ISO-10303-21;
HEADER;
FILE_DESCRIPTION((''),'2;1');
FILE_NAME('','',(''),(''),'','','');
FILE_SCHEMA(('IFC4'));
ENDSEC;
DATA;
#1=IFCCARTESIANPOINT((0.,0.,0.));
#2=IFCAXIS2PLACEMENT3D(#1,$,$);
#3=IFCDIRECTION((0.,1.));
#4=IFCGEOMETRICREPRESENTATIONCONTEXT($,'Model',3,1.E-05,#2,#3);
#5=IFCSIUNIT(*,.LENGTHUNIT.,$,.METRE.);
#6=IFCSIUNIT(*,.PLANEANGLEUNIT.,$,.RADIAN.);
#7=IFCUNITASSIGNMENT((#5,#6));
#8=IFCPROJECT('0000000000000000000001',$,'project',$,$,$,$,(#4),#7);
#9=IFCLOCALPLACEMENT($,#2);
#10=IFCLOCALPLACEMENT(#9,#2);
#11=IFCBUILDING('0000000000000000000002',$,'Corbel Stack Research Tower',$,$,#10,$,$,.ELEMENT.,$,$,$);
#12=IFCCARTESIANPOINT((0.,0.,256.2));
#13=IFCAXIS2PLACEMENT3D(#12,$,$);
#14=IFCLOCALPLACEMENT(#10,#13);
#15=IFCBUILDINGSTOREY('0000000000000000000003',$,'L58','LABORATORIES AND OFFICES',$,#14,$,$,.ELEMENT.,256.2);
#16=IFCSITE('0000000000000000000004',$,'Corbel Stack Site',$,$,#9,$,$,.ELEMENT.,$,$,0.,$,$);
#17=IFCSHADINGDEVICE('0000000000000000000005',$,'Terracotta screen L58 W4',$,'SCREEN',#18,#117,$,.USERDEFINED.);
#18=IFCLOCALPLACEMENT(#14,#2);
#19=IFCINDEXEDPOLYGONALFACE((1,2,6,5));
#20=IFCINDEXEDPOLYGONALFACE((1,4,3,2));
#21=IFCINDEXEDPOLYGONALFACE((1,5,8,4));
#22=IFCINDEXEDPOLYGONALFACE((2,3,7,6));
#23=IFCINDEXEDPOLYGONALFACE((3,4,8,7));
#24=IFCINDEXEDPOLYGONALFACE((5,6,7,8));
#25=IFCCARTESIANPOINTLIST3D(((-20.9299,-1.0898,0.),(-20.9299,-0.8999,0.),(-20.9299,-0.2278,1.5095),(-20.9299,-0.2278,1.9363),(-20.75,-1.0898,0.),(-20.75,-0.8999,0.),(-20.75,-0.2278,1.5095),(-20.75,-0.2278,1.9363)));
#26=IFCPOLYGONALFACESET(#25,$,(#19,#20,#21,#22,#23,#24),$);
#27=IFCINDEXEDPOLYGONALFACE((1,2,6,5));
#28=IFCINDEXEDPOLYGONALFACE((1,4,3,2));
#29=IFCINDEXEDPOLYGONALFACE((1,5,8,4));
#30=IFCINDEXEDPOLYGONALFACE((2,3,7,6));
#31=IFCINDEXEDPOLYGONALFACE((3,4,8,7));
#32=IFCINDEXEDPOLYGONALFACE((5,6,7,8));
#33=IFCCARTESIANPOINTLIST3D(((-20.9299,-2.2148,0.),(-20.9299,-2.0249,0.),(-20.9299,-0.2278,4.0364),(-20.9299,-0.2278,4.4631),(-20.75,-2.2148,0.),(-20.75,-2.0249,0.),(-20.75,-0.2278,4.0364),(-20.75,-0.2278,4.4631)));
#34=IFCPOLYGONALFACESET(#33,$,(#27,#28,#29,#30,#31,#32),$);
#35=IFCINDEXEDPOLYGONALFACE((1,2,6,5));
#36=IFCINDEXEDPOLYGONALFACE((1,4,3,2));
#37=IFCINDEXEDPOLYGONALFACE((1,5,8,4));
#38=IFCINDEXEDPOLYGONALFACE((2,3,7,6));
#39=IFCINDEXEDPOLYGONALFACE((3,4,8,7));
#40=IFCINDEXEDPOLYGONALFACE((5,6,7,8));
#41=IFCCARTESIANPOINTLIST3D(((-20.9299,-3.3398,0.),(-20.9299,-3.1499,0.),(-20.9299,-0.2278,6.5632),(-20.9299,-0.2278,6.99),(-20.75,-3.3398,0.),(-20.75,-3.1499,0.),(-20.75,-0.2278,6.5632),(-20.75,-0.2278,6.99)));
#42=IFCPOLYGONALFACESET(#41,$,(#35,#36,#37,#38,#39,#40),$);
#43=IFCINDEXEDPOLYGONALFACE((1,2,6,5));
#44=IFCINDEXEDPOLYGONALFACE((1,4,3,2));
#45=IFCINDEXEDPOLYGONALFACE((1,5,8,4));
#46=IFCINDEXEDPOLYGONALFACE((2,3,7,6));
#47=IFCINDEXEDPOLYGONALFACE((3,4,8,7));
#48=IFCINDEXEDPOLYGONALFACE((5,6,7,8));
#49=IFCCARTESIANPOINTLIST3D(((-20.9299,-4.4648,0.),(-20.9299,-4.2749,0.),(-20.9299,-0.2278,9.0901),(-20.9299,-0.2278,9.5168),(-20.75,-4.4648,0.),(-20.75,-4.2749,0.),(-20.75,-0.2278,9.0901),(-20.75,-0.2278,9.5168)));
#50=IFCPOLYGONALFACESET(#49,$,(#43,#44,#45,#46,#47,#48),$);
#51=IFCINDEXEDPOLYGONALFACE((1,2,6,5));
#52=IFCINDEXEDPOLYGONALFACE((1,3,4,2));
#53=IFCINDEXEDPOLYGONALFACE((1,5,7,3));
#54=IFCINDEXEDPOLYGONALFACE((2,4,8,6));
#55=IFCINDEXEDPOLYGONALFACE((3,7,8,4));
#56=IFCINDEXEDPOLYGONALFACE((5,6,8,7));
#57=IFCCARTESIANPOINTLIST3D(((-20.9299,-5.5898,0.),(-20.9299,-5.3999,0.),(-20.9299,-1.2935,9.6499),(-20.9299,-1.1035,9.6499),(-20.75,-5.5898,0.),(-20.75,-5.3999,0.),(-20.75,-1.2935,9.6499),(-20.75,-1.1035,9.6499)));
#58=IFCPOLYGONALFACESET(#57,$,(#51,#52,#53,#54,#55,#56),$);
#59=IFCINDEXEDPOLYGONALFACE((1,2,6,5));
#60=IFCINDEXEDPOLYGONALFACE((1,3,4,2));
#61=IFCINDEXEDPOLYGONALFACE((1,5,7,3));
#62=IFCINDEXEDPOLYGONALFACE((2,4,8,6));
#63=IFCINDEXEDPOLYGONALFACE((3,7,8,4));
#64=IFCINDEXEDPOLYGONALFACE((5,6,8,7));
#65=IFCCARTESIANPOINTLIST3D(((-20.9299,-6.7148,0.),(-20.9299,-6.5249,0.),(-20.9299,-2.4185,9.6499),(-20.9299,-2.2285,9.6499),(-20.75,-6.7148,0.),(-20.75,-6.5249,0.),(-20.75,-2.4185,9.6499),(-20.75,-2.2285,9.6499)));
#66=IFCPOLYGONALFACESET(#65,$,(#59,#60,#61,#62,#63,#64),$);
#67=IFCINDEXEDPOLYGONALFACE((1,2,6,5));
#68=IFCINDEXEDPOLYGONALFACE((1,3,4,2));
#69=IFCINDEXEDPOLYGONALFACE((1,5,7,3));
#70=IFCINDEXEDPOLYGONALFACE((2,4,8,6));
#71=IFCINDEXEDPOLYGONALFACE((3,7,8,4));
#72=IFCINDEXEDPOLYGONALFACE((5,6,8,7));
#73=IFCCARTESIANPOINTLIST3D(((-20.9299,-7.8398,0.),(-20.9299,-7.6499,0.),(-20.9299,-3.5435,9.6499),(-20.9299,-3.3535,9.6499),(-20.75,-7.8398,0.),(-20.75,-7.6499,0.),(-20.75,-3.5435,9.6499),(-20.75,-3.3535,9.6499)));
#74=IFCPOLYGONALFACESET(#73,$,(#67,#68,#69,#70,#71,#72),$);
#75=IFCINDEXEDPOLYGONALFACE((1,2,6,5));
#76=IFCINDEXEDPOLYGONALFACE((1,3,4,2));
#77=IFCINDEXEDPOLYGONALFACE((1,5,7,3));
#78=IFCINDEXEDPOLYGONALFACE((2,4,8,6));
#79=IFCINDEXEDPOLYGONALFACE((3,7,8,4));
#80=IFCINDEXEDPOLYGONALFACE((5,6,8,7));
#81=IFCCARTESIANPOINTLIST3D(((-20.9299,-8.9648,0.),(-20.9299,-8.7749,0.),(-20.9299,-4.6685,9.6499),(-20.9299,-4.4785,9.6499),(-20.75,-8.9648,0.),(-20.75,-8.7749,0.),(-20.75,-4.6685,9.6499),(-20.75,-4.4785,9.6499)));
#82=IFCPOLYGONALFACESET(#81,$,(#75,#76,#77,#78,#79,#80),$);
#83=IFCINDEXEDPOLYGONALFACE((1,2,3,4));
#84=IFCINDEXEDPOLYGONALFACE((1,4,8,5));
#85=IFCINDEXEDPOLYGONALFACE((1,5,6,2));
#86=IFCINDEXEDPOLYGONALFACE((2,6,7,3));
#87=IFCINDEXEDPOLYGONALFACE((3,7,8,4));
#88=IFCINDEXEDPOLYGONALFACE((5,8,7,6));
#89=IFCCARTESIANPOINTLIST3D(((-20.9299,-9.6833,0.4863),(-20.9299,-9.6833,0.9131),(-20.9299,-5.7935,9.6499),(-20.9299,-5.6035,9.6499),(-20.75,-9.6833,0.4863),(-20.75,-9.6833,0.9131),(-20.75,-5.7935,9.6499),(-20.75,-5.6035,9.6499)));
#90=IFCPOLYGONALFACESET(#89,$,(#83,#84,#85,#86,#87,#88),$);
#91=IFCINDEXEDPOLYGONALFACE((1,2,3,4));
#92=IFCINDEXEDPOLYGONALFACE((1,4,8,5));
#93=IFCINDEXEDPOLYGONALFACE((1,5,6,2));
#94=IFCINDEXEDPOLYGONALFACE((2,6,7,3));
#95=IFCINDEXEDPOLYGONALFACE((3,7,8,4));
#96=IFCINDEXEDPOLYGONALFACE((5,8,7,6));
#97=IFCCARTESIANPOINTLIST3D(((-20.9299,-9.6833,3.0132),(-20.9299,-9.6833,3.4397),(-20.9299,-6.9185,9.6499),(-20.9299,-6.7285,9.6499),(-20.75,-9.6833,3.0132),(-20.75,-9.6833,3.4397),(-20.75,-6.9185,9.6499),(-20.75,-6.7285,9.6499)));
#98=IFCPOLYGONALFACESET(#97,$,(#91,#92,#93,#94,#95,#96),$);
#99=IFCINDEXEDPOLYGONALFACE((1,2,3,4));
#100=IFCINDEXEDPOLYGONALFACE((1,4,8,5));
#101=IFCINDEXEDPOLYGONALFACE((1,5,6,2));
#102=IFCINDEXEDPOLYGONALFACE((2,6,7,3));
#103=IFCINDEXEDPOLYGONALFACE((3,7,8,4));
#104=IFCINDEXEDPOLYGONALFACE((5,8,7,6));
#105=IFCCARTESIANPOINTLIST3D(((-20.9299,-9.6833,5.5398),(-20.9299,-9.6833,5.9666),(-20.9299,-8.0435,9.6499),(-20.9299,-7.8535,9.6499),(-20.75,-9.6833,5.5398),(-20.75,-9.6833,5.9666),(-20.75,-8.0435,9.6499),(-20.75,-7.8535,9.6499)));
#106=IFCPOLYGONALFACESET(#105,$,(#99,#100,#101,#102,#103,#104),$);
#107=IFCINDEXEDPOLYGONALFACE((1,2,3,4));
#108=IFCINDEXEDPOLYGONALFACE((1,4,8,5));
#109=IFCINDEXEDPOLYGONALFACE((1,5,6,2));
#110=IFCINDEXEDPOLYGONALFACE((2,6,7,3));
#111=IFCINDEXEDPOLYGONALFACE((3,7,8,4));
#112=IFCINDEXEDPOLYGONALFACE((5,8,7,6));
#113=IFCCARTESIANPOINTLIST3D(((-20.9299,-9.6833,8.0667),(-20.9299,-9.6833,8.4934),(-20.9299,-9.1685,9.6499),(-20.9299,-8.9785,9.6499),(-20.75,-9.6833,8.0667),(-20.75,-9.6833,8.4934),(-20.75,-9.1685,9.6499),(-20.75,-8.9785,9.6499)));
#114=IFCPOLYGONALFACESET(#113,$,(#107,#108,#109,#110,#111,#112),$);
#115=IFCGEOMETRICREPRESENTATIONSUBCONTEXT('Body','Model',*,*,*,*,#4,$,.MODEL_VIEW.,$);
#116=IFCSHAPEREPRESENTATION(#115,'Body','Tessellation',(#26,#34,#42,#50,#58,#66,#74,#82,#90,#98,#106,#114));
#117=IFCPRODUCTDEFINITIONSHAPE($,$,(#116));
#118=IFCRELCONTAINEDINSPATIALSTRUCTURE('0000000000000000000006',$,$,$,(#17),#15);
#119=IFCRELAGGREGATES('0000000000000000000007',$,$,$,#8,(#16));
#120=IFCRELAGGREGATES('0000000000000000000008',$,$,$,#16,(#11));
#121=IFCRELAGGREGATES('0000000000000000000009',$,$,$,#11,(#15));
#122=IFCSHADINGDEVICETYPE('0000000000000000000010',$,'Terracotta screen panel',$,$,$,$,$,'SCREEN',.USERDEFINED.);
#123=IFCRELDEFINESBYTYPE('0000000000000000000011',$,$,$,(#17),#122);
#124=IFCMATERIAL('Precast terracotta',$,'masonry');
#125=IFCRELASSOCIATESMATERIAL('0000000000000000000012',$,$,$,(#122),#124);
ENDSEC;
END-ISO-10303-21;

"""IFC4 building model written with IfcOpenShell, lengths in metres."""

from ifc_helpers import new_model, si_unit, direction, frame, origin, place, context, subcontext, project, spatial, polyline, outline, extrude, source, transform, mapped, material, type_object, element, save


model = new_model("IFC4")

# Units and contexts
model_context = context("Model", 3, precision=1e-05, world=origin(), true_north=direction((0.0, 1.0)))
body_context = subcontext(model_context, "Body", "Model", "MODEL_VIEW")
ifc_project = project(units=[si_unit("LENGTHUNIT", "METRE"), si_unit("PLANEANGLEUNIT", "RADIAN")], contexts=[model_context])

# Site, building, storey
site_placement = place(None, origin())
site = spatial("IfcSite", under=ifc_project, at=site_placement, Name="Corbel Stack Site", CompositionType="ELEMENT", RefElevation=0.0)
building_placement = place(site_placement, origin())
building = spatial("IfcBuilding", under=site, at=building_placement, Name="Corbel Stack Research Tower", CompositionType="ELEMENT")
storey_placement = place(building_placement, frame((0.0, 0.0, 256.2)))
storey = spatial("IfcBuildingStorey", under=building, at=storey_placement, Name="L58", Description="LABORATORIES AND OFFICES", CompositionType="ELEMENT", Elevation=256.2)

# Shading device
ifc_material_1 = material(Name="Precast terracotta", Category="masonry")
shading_device_type = type_object("IfcShadingDeviceType", Name="Terracotta screen panel", ElementType="SCREEN", PredefinedType="USERDEFINED", material=ifc_material_1)
shared_shape = source(origin(), body_context, "Body", "SweptSolid", [
    extrude(outline(polyline([(0.8621, 0.0), (0.0, 1.9363), (0.0, 1.5095), (0.6721, 0.0), (0.8621, 0.0)])), frame((0.0, 0.0, 0.0), z_axis=(0.0, -1.0, 0.0), x_axis=(1.0, 0.0, 0.0)), (0.0, 0.0, 1.0), 0.1799),
    extrude(outline(polyline([(1.9871, 0.0), (0.0, 4.4631), (0.0, 4.0364), (1.7971, 0.0), (1.9871, 0.0)])), frame((0.0, 0.0, 0.0), z_axis=(0.0, -1.0, 0.0), x_axis=(1.0, 0.0, 0.0)), (0.0, 0.0, 1.0), 0.1799),
    extrude(outline(polyline([(3.1121, 0.0), (0.0, 6.99), (0.0, 6.5632), (2.9221, 0.0), (3.1121, 0.0)])), frame((0.0, 0.0, 0.0), z_axis=(0.0, -1.0, 0.0), x_axis=(1.0, 0.0, 0.0)), (0.0, 0.0, 1.0), 0.1799),
    extrude(outline(polyline([(4.2371, 0.0), (0.0, 9.5168), (0.0, 9.0901), (4.0471, 0.0), (4.2371, 0.0)])), frame((0.0, 0.0, 0.0), z_axis=(0.0, -1.0, 0.0), x_axis=(1.0, 0.0, 0.0)), (0.0, 0.0, 1.0), 0.1799),
    extrude(outline(polyline([(5.3621, 0.0), (1.0657, 9.6499), (0.8757, 9.6499), (5.1721, 0.0), (5.3621, 0.0)])), frame((0.0, 0.0, 0.0), z_axis=(0.0, -1.0, 0.0), x_axis=(1.0, 0.0, 0.0)), (0.0, 0.0, 1.0), 0.1799),
    extrude(outline(polyline([(6.4871, 0.0), (2.1907, 9.6499), (2.0007, 9.6499), (6.2971, 0.0), (6.4871, 0.0)])), frame((0.0, 0.0, 0.0), z_axis=(0.0, -1.0, 0.0), x_axis=(1.0, 0.0, 0.0)), (0.0, 0.0, 1.0), 0.1799),
    extrude(outline(polyline([(7.6121, 0.0), (3.3157, 9.6499), (3.1257, 9.6499), (7.4221, 0.0), (7.6121, 0.0)])), frame((0.0, 0.0, 0.0), z_axis=(0.0, -1.0, 0.0), x_axis=(1.0, 0.0, 0.0)), (0.0, 0.0, 1.0), 0.1799),
    extrude(outline(polyline([(8.7371, 0.0), (4.4407, 9.6499), (4.2507, 9.6499), (8.5471, 0.0), (8.7371, 0.0)])), frame((0.0, 0.0, 0.0), z_axis=(0.0, -1.0, 0.0), x_axis=(1.0, 0.0, 0.0)), (0.0, 0.0, 1.0), 0.1799),
    extrude(outline(polyline([(5.5657, 9.6499), (5.3757, 9.6499), (9.4556, 0.4863), (9.4556, 0.9131), (5.5657, 9.6499)])), frame((0.0, 0.0, 0.0), z_axis=(0.0, -1.0, 0.0), x_axis=(1.0, 0.0, 0.0)), (0.0, 0.0, 1.0), 0.1799),
    extrude(outline(polyline([(6.6907, 9.6499), (6.5007, 9.6499), (9.4556, 3.0132), (9.4556, 3.4397), (6.6907, 9.6499)])), frame((0.0, 0.0, 0.0), z_axis=(0.0, -1.0, 0.0), x_axis=(1.0, 0.0, 0.0)), (0.0, 0.0, 1.0), 0.1799),
    extrude(outline(polyline([(7.8157, 9.6499), (7.6257, 9.6499), (9.4556, 5.5398), (9.4556, 5.9666), (7.8157, 9.6499)])), frame((0.0, 0.0, 0.0), z_axis=(0.0, -1.0, 0.0), x_axis=(1.0, 0.0, 0.0)), (0.0, 0.0, 1.0), 0.1799),
    extrude(outline(polyline([(8.9407, 9.6499), (8.7507, 9.6499), (9.4556, 8.0667), (9.4556, 8.4934), (8.9407, 9.6499)])), frame((0.0, 0.0, 0.0), z_axis=(0.0, -1.0, 0.0), x_axis=(1.0, 0.0, 0.0)), (0.0, 0.0, 1.0), 0.1799),
])
shading_device_placement = place(storey_placement, frame((-20.75, -0.2278, 0.0), z_axis=(0.0, 0.0, 1.0), x_axis=(0.0, -1.0, 0.0)))
element("IfcShadingDevice", 1, at=shading_device_placement, inside=storey, type_object=shading_device_type, Name="Terracotta screen L58 W4", ObjectType="SCREEN", PredefinedType="USERDEFINED", context=body_context, shape_type="MappedRepresentation", body=[
    mapped(shared_shape, transform((0.0, 0.0, 0.0))),
])

save(model, "model.ifc")
